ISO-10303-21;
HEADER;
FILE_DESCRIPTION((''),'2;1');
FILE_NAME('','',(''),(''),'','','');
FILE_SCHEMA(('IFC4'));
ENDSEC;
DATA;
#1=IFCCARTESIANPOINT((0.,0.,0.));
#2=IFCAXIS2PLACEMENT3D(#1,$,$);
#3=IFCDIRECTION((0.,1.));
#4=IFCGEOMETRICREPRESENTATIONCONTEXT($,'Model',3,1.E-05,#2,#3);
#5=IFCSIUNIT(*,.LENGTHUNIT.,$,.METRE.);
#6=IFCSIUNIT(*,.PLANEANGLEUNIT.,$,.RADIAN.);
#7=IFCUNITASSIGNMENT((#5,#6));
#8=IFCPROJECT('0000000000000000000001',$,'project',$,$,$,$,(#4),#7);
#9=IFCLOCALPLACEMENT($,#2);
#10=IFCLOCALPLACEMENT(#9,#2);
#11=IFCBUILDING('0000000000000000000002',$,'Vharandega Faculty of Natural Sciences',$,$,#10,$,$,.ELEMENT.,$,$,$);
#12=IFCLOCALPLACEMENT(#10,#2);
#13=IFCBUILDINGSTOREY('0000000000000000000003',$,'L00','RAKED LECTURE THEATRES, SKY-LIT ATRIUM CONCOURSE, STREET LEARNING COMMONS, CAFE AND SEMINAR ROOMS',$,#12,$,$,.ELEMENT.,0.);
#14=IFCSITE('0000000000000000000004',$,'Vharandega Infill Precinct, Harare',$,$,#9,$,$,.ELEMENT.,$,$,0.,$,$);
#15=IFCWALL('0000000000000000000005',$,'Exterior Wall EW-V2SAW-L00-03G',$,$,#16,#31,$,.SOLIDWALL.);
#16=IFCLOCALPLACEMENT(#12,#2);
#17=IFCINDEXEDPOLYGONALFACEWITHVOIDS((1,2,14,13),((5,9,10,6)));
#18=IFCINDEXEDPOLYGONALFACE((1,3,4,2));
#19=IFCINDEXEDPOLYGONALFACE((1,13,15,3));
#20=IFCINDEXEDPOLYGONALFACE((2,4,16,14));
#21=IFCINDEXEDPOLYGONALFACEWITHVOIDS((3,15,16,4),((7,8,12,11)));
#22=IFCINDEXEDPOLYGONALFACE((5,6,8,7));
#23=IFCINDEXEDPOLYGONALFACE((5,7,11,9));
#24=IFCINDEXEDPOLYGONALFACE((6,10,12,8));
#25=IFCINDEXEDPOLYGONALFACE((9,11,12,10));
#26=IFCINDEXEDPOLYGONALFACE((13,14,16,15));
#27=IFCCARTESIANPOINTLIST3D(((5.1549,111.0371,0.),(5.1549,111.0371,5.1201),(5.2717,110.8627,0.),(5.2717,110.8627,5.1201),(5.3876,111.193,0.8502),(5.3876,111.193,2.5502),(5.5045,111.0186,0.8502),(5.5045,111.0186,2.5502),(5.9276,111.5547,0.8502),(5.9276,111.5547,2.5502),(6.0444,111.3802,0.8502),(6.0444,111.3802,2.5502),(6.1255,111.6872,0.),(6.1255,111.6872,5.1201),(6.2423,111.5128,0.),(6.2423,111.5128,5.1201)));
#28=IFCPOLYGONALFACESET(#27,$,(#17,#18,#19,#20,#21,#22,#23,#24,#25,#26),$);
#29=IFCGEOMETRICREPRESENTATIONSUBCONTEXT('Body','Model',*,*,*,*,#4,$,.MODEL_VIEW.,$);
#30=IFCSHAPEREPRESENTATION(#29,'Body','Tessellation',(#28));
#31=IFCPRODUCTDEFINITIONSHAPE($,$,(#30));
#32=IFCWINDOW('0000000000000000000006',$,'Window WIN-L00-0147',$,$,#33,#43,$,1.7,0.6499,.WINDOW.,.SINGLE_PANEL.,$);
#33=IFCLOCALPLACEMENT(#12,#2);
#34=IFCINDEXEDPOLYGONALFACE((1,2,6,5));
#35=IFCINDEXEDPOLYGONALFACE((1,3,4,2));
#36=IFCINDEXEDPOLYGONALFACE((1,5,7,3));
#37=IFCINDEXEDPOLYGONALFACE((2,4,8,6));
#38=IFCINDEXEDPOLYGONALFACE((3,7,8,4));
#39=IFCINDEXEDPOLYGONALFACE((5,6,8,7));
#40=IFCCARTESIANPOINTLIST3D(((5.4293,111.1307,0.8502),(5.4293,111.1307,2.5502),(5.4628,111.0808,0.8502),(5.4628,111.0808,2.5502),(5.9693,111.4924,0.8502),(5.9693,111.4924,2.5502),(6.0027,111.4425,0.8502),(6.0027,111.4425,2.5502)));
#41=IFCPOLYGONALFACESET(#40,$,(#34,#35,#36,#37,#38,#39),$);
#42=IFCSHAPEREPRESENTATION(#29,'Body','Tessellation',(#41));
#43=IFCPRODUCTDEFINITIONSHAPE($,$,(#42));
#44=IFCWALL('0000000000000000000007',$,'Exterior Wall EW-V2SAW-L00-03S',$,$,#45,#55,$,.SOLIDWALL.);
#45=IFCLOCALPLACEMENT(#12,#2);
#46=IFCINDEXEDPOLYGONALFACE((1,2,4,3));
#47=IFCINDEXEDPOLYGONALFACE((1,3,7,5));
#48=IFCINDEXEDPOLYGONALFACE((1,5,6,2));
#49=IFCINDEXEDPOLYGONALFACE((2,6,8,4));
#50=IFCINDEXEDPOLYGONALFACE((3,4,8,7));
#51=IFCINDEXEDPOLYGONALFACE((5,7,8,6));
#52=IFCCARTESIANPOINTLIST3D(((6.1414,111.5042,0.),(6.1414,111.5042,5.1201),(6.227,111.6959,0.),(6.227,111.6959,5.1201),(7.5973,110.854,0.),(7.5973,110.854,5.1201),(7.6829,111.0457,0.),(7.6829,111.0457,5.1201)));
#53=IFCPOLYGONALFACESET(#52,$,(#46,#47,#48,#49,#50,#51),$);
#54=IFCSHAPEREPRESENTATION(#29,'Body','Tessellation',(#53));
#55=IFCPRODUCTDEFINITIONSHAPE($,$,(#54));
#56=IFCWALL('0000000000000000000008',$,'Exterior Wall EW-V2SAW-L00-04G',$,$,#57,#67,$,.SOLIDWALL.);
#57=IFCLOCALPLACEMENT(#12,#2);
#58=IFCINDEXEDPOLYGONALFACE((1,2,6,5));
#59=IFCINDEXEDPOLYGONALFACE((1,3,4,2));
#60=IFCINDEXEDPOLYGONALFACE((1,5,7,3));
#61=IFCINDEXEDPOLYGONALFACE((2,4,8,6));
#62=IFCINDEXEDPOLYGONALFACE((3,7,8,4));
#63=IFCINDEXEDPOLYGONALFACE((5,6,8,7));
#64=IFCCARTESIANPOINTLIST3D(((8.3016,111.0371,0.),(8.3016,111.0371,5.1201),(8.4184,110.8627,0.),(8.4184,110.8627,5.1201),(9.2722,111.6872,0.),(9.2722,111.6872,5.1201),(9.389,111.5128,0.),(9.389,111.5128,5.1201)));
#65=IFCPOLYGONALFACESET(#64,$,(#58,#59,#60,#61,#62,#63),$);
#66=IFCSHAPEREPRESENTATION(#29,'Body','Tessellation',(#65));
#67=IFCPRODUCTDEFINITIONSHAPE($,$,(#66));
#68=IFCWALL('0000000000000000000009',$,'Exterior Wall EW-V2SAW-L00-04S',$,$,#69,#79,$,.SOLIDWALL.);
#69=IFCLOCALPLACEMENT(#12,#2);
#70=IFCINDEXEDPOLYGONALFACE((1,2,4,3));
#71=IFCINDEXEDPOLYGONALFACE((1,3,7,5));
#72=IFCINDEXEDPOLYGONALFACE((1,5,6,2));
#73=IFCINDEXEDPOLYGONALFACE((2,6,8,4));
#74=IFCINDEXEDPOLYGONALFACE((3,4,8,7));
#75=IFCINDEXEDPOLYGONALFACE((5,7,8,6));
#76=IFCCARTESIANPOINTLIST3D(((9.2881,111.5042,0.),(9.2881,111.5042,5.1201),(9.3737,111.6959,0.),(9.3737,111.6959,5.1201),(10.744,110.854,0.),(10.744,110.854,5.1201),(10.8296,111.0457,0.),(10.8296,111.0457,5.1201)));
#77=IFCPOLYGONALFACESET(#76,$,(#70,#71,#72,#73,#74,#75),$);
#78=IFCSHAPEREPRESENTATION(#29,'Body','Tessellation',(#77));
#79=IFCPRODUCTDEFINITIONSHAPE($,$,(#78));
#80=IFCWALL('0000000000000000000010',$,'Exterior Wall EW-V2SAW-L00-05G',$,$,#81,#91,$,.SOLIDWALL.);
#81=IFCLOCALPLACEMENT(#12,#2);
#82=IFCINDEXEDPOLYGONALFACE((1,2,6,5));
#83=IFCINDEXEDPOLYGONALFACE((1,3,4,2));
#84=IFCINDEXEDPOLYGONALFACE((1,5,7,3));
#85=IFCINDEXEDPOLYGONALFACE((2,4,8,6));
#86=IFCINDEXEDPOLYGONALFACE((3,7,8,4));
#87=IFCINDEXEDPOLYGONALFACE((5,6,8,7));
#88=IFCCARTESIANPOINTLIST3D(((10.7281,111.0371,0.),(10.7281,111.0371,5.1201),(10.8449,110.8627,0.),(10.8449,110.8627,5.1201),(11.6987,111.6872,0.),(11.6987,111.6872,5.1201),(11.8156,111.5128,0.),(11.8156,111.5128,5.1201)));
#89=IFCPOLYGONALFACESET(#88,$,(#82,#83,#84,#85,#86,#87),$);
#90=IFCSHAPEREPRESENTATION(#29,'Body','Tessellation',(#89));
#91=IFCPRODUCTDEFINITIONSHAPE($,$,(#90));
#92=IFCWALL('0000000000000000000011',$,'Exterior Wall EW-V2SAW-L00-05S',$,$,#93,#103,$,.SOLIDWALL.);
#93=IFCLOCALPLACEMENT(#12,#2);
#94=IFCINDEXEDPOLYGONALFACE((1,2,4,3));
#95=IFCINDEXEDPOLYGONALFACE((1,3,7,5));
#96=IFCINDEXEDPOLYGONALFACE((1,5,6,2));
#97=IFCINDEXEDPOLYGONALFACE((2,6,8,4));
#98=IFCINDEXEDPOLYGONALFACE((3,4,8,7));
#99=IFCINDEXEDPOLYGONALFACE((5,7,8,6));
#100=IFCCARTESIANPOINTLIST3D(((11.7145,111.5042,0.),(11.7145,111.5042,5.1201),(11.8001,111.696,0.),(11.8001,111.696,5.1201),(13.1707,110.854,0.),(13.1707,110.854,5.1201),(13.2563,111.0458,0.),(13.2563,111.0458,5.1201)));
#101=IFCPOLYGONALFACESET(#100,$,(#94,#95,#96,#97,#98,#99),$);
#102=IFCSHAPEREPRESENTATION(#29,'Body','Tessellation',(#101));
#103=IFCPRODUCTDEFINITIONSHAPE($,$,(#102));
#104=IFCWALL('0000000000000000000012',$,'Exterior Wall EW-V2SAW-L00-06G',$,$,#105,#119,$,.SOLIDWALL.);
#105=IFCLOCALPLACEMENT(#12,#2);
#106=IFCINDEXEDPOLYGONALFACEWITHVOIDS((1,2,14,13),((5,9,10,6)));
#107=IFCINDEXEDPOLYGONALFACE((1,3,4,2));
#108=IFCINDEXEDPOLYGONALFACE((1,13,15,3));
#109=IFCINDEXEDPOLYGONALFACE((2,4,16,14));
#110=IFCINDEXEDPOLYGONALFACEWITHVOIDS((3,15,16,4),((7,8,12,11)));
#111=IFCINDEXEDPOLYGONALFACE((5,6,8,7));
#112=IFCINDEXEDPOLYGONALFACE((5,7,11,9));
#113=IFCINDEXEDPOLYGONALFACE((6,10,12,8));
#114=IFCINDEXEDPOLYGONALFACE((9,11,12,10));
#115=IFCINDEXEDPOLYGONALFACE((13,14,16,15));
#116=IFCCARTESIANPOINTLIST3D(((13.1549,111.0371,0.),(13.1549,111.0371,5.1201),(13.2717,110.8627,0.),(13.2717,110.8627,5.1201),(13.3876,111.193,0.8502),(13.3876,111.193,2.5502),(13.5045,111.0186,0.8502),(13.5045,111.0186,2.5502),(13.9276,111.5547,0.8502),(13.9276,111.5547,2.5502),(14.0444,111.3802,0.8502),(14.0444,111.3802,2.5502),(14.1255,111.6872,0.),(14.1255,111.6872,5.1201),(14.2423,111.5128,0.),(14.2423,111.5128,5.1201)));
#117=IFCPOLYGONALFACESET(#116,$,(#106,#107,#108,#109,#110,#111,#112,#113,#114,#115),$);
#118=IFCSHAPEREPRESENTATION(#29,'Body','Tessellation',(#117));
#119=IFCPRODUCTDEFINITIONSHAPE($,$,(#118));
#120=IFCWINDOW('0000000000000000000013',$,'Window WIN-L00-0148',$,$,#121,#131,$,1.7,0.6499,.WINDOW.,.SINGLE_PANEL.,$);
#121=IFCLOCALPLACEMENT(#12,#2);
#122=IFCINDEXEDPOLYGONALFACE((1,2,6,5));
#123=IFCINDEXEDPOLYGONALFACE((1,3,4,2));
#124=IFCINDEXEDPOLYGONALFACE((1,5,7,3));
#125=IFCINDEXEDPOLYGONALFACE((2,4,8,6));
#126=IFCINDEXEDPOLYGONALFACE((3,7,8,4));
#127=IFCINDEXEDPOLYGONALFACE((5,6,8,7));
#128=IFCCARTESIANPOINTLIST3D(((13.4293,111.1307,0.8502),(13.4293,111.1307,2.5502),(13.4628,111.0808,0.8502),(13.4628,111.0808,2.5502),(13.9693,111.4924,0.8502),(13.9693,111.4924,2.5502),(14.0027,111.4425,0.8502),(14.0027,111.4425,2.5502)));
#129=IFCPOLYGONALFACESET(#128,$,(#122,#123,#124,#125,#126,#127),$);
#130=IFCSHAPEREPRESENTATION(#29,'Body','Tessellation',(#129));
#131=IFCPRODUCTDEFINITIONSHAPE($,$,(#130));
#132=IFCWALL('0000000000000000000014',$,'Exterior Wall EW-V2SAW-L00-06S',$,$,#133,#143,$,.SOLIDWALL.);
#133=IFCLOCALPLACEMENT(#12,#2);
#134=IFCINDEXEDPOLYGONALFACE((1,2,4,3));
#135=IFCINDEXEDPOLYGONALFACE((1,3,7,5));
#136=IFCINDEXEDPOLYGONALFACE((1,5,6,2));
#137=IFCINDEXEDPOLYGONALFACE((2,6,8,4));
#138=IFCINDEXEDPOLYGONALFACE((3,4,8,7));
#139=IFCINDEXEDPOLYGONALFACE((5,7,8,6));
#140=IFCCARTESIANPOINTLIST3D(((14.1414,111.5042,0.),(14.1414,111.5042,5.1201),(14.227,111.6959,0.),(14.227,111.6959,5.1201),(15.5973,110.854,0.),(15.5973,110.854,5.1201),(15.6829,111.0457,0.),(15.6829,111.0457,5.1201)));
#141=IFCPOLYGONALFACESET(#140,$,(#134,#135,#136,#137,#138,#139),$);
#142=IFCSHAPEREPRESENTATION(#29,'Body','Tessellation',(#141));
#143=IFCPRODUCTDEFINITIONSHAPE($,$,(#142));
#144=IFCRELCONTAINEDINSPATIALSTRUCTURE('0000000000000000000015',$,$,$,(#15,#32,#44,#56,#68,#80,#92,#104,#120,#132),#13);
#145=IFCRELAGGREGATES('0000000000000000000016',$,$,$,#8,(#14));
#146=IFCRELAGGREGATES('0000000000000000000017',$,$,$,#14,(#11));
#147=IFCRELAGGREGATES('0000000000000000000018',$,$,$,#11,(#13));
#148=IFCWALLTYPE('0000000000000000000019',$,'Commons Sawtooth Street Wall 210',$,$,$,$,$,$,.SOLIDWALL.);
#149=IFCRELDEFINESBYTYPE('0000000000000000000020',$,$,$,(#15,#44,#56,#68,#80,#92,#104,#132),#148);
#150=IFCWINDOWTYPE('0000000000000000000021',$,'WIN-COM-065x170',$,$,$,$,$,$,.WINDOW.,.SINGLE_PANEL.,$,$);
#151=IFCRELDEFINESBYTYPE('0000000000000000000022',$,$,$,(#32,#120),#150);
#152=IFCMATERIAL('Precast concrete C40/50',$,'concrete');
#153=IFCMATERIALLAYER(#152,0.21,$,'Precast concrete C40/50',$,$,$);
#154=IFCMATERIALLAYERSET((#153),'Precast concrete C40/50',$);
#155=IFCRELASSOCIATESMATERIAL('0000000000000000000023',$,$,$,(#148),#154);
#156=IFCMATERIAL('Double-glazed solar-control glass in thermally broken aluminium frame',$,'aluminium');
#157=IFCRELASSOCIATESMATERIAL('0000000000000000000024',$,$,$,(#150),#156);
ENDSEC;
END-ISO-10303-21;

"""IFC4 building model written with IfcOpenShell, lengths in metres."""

from ifc_helpers import new_model, si_unit, direction, frame, frame_2d, origin, place, context, subcontext, project, spatial, rectangle, extrude, material, layer, layer_set, type_object, element, fill, save


model = new_model("IFC4")

# Units and contexts
model_context = context("Model", 3, precision=1e-05, world=origin(), true_north=direction((0.0, 1.0)))
body_context = subcontext(model_context, "Body", "Model", "MODEL_VIEW")
ifc_project = project(units=[si_unit("LENGTHUNIT", "METRE"), si_unit("PLANEANGLEUNIT", "RADIAN")], contexts=[model_context])

# Site, building, storey
site_placement = place(None, origin())
site = spatial("IfcSite", under=ifc_project, at=site_placement, Name="Vharandega Infill Precinct, Harare", CompositionType="ELEMENT", RefElevation=0.0)
building_placement = place(site_placement, origin())
building = spatial("IfcBuilding", under=site, at=building_placement, Name="Vharandega Faculty of Natural Sciences", CompositionType="ELEMENT")
storey_placement = place(building_placement, origin())
storey = spatial("IfcBuildingStorey", under=building, at=storey_placement, Name="L00", Description="RAKED LECTURE THEATRES, SKY-LIT ATRIUM CONCOURSE, STREET LEARNING COMMONS, CAFE AND SEMINAR ROOMS", CompositionType="ELEMENT", Elevation=0.0)

# Shared definitions
ifc_material_1 = material(Name="Precast concrete C40/50", Category="concrete")
ifc_layer = layer(ifc_material_1, 0.21, Name="Precast concrete C40/50")
ifc_layer_set = layer_set([ifc_layer], Name="Precast concrete C40/50")
wall_type = type_object("IfcWallType", Name="Commons Sawtooth Street Wall 210", PredefinedType="SOLIDWALL", material=ifc_layer_set)

# Wall, opening, window
wall_1_placement = place(storey_placement, frame((5.2134, 110.95, 0.0), z_axis=(0.0, 0.0, 1.0), x_axis=(0.830859, 0.556483, 0.0)))
wall_1 = element("IfcWall", 1, at=wall_1_placement, inside=storey, type_object=wall_type, Name="Exterior Wall EW-V2SAW-L00-03G", PredefinedType="SOLIDWALL", context=body_context, shape_type="SweptSolid", body=[
    extrude(rectangle(XDim=1.1682, YDim=0.21, at=frame_2d((0.584, 0.0))), origin(), (0.0, 0.0, 1.0), 5.1201),
])
opening_1_placement = place(wall_1_placement, frame((0.28, 0.0, 0.8501)))
opening_1 = element("IfcOpeningElement", 2, at=opening_1_placement, cuts=wall_1, PredefinedType="OPENING", context=body_context, shape_type="SweptSolid", body=[
    extrude(rectangle(XDim=0.6499, YDim=1.7, at=frame_2d((0.325, 0.8501))), frame((0.0, 0.115, 0.0), z_axis=(0.0, -1.0, 0.0), x_axis=(1.0, 0.0, 0.0)), (0.0, 0.0, 1.0), 0.23),
])
ifc_material_2 = material(Name="Double-glazed solar-control glass in thermally broken aluminium frame", Category="aluminium")
window_type = type_object("IfcWindowType", Name="WIN-COM-065x170", PartitioningType="SINGLE_PANEL", PredefinedType="WINDOW", material=ifc_material_2)
window_1_placement = place(opening_1_placement, origin())
window_1 = element("IfcWindow", 3, at=window_1_placement, inside=storey, type_object=window_type, Name="Window WIN-L00-0147", OverallHeight=1.7, OverallWidth=0.6499, PartitioningType="SINGLE_PANEL", PredefinedType="WINDOW", context=body_context, shape_type="SweptSolid", body=[
    extrude(rectangle(XDim=0.6499, YDim=1.7, at=frame_2d((0.325, 0.8501))), frame((0.0, 0.03, 0.0), z_axis=(0.0, -1.0, 0.0), x_axis=(1.0, 0.0, 0.0)), (0.0, 0.0, 1.0), 0.0601),
])
fill(opening_1, window_1)

# Walls
wall_2_placement = place(storey_placement, frame((6.1841, 111.6001, 0.0), z_axis=(0.0, 0.0, 1.0), x_axis=(0.913084, -0.407772, 0.0)))
element("IfcWall", 4, at=wall_2_placement, inside=storey, type_object=wall_type, Name="Exterior Wall EW-V2SAW-L00-03S", PredefinedType="SOLIDWALL", context=body_context, shape_type="SweptSolid", body=[
    extrude(rectangle(XDim=1.5945, YDim=0.21, at=frame_2d((0.7974, 0.0))), origin(), (0.0, 0.0, 1.0), 5.1201),
])
wall_3_placement = place(storey_placement, frame((8.3601, 110.95, 0.0), z_axis=(0.0, 0.0, 1.0), x_axis=(0.830859, 0.556483, 0.0)))
element("IfcWall", 5, at=wall_3_placement, inside=storey, type_object=wall_type, Name="Exterior Wall EW-V2SAW-L00-04G", PredefinedType="SOLIDWALL", context=body_context, shape_type="SweptSolid", body=[
    extrude(rectangle(XDim=1.1682, YDim=0.21, at=frame_2d((0.584, 0.0))), origin(), (0.0, 0.0, 1.0), 5.1201),
])
wall_4_placement = place(storey_placement, frame((9.3308, 111.6001, 0.0), z_axis=(0.0, 0.0, 1.0), x_axis=(0.913084, -0.407772, 0.0)))
element("IfcWall", 6, at=wall_4_placement, inside=storey, type_object=wall_type, Name="Exterior Wall EW-V2SAW-L00-04S", PredefinedType="SOLIDWALL", context=body_context, shape_type="SweptSolid", body=[
    extrude(rectangle(XDim=1.5945, YDim=0.21, at=frame_2d((0.7974, 0.0))), origin(), (0.0, 0.0, 1.0), 5.1201),
])
wall_5_placement = place(storey_placement, frame((10.7866, 110.95, 0.0), z_axis=(0.0, 0.0, 1.0), x_axis=(0.830859, 0.556483, 0.0)))
element("IfcWall", 7, at=wall_5_placement, inside=storey, type_object=wall_type, Name="Exterior Wall EW-V2SAW-L00-05G", PredefinedType="SOLIDWALL", context=body_context, shape_type="SweptSolid", body=[
    extrude(rectangle(XDim=1.1682, YDim=0.21, at=frame_2d((0.584, 0.0))), origin(), (0.0, 0.0, 1.0), 5.1201),
])
wall_6_placement = place(storey_placement, frame((11.7573, 111.6001, 0.0), z_axis=(0.0, 0.0, 1.0), x_axis=(0.913109, -0.407715, 0.0)))
element("IfcWall", 8, at=wall_6_placement, inside=storey, type_object=wall_type, Name="Exterior Wall EW-V2SAW-L00-05S", PredefinedType="SOLIDWALL", context=body_context, shape_type="SweptSolid", body=[
    extrude(rectangle(XDim=1.5947, YDim=0.21, at=frame_2d((0.7974, 0.0))), origin(), (0.0, 0.0, 1.0), 5.1201),
])

# Wall, opening, window
wall_7_placement = place(storey_placement, frame((13.2134, 110.95, 0.0), z_axis=(0.0, 0.0, 1.0), x_axis=(0.830859, 0.556483, 0.0)))
wall_7 = element("IfcWall", 9, at=wall_7_placement, inside=storey, type_object=wall_type, Name="Exterior Wall EW-V2SAW-L00-06G", PredefinedType="SOLIDWALL", context=body_context, shape_type="SweptSolid", body=[
    extrude(rectangle(XDim=1.1682, YDim=0.21, at=frame_2d((0.584, 0.0))), origin(), (0.0, 0.0, 1.0), 5.1201),
])
opening_2_placement = place(wall_7_placement, frame((0.28, 0.0, 0.8501)))
opening_2 = element("IfcOpeningElement", 10, at=opening_2_placement, cuts=wall_7, PredefinedType="OPENING", context=body_context, shape_type="SweptSolid", body=[
    extrude(rectangle(XDim=0.6499, YDim=1.7, at=frame_2d((0.325, 0.8501))), frame((0.0, 0.115, 0.0), z_axis=(0.0, -1.0, 0.0), x_axis=(1.0, 0.0, 0.0)), (0.0, 0.0, 1.0), 0.23),
])
window_2_placement = place(opening_2_placement, origin())
window_2 = element("IfcWindow", 11, at=window_2_placement, inside=storey, type_object=window_type, Name="Window WIN-L00-0148", OverallHeight=1.7, OverallWidth=0.6499, PartitioningType="SINGLE_PANEL", PredefinedType="WINDOW", context=body_context, shape_type="SweptSolid", body=[
    extrude(rectangle(XDim=0.6499, YDim=1.7, at=frame_2d((0.325, 0.8501))), frame((0.0, 0.03, 0.0), z_axis=(0.0, -1.0, 0.0), x_axis=(1.0, 0.0, 0.0)), (0.0, 0.0, 1.0), 0.0601),
])
fill(opening_2, window_2)

# Wall
wall_8_placement = place(storey_placement, frame((14.1841, 111.6001, 0.0), z_axis=(0.0, 0.0, 1.0), x_axis=(0.913084, -0.407772, 0.0)))
element("IfcWall", 12, at=wall_8_placement, inside=storey, type_object=wall_type, Name="Exterior Wall EW-V2SAW-L00-06S", PredefinedType="SOLIDWALL", context=body_context, shape_type="SweptSolid", body=[
    extrude(rectangle(XDim=1.5945, YDim=0.21, at=frame_2d((0.7974, 0.0))), origin(), (0.0, 0.0, 1.0), 5.1201),
])

save(model, "model.ifc")
